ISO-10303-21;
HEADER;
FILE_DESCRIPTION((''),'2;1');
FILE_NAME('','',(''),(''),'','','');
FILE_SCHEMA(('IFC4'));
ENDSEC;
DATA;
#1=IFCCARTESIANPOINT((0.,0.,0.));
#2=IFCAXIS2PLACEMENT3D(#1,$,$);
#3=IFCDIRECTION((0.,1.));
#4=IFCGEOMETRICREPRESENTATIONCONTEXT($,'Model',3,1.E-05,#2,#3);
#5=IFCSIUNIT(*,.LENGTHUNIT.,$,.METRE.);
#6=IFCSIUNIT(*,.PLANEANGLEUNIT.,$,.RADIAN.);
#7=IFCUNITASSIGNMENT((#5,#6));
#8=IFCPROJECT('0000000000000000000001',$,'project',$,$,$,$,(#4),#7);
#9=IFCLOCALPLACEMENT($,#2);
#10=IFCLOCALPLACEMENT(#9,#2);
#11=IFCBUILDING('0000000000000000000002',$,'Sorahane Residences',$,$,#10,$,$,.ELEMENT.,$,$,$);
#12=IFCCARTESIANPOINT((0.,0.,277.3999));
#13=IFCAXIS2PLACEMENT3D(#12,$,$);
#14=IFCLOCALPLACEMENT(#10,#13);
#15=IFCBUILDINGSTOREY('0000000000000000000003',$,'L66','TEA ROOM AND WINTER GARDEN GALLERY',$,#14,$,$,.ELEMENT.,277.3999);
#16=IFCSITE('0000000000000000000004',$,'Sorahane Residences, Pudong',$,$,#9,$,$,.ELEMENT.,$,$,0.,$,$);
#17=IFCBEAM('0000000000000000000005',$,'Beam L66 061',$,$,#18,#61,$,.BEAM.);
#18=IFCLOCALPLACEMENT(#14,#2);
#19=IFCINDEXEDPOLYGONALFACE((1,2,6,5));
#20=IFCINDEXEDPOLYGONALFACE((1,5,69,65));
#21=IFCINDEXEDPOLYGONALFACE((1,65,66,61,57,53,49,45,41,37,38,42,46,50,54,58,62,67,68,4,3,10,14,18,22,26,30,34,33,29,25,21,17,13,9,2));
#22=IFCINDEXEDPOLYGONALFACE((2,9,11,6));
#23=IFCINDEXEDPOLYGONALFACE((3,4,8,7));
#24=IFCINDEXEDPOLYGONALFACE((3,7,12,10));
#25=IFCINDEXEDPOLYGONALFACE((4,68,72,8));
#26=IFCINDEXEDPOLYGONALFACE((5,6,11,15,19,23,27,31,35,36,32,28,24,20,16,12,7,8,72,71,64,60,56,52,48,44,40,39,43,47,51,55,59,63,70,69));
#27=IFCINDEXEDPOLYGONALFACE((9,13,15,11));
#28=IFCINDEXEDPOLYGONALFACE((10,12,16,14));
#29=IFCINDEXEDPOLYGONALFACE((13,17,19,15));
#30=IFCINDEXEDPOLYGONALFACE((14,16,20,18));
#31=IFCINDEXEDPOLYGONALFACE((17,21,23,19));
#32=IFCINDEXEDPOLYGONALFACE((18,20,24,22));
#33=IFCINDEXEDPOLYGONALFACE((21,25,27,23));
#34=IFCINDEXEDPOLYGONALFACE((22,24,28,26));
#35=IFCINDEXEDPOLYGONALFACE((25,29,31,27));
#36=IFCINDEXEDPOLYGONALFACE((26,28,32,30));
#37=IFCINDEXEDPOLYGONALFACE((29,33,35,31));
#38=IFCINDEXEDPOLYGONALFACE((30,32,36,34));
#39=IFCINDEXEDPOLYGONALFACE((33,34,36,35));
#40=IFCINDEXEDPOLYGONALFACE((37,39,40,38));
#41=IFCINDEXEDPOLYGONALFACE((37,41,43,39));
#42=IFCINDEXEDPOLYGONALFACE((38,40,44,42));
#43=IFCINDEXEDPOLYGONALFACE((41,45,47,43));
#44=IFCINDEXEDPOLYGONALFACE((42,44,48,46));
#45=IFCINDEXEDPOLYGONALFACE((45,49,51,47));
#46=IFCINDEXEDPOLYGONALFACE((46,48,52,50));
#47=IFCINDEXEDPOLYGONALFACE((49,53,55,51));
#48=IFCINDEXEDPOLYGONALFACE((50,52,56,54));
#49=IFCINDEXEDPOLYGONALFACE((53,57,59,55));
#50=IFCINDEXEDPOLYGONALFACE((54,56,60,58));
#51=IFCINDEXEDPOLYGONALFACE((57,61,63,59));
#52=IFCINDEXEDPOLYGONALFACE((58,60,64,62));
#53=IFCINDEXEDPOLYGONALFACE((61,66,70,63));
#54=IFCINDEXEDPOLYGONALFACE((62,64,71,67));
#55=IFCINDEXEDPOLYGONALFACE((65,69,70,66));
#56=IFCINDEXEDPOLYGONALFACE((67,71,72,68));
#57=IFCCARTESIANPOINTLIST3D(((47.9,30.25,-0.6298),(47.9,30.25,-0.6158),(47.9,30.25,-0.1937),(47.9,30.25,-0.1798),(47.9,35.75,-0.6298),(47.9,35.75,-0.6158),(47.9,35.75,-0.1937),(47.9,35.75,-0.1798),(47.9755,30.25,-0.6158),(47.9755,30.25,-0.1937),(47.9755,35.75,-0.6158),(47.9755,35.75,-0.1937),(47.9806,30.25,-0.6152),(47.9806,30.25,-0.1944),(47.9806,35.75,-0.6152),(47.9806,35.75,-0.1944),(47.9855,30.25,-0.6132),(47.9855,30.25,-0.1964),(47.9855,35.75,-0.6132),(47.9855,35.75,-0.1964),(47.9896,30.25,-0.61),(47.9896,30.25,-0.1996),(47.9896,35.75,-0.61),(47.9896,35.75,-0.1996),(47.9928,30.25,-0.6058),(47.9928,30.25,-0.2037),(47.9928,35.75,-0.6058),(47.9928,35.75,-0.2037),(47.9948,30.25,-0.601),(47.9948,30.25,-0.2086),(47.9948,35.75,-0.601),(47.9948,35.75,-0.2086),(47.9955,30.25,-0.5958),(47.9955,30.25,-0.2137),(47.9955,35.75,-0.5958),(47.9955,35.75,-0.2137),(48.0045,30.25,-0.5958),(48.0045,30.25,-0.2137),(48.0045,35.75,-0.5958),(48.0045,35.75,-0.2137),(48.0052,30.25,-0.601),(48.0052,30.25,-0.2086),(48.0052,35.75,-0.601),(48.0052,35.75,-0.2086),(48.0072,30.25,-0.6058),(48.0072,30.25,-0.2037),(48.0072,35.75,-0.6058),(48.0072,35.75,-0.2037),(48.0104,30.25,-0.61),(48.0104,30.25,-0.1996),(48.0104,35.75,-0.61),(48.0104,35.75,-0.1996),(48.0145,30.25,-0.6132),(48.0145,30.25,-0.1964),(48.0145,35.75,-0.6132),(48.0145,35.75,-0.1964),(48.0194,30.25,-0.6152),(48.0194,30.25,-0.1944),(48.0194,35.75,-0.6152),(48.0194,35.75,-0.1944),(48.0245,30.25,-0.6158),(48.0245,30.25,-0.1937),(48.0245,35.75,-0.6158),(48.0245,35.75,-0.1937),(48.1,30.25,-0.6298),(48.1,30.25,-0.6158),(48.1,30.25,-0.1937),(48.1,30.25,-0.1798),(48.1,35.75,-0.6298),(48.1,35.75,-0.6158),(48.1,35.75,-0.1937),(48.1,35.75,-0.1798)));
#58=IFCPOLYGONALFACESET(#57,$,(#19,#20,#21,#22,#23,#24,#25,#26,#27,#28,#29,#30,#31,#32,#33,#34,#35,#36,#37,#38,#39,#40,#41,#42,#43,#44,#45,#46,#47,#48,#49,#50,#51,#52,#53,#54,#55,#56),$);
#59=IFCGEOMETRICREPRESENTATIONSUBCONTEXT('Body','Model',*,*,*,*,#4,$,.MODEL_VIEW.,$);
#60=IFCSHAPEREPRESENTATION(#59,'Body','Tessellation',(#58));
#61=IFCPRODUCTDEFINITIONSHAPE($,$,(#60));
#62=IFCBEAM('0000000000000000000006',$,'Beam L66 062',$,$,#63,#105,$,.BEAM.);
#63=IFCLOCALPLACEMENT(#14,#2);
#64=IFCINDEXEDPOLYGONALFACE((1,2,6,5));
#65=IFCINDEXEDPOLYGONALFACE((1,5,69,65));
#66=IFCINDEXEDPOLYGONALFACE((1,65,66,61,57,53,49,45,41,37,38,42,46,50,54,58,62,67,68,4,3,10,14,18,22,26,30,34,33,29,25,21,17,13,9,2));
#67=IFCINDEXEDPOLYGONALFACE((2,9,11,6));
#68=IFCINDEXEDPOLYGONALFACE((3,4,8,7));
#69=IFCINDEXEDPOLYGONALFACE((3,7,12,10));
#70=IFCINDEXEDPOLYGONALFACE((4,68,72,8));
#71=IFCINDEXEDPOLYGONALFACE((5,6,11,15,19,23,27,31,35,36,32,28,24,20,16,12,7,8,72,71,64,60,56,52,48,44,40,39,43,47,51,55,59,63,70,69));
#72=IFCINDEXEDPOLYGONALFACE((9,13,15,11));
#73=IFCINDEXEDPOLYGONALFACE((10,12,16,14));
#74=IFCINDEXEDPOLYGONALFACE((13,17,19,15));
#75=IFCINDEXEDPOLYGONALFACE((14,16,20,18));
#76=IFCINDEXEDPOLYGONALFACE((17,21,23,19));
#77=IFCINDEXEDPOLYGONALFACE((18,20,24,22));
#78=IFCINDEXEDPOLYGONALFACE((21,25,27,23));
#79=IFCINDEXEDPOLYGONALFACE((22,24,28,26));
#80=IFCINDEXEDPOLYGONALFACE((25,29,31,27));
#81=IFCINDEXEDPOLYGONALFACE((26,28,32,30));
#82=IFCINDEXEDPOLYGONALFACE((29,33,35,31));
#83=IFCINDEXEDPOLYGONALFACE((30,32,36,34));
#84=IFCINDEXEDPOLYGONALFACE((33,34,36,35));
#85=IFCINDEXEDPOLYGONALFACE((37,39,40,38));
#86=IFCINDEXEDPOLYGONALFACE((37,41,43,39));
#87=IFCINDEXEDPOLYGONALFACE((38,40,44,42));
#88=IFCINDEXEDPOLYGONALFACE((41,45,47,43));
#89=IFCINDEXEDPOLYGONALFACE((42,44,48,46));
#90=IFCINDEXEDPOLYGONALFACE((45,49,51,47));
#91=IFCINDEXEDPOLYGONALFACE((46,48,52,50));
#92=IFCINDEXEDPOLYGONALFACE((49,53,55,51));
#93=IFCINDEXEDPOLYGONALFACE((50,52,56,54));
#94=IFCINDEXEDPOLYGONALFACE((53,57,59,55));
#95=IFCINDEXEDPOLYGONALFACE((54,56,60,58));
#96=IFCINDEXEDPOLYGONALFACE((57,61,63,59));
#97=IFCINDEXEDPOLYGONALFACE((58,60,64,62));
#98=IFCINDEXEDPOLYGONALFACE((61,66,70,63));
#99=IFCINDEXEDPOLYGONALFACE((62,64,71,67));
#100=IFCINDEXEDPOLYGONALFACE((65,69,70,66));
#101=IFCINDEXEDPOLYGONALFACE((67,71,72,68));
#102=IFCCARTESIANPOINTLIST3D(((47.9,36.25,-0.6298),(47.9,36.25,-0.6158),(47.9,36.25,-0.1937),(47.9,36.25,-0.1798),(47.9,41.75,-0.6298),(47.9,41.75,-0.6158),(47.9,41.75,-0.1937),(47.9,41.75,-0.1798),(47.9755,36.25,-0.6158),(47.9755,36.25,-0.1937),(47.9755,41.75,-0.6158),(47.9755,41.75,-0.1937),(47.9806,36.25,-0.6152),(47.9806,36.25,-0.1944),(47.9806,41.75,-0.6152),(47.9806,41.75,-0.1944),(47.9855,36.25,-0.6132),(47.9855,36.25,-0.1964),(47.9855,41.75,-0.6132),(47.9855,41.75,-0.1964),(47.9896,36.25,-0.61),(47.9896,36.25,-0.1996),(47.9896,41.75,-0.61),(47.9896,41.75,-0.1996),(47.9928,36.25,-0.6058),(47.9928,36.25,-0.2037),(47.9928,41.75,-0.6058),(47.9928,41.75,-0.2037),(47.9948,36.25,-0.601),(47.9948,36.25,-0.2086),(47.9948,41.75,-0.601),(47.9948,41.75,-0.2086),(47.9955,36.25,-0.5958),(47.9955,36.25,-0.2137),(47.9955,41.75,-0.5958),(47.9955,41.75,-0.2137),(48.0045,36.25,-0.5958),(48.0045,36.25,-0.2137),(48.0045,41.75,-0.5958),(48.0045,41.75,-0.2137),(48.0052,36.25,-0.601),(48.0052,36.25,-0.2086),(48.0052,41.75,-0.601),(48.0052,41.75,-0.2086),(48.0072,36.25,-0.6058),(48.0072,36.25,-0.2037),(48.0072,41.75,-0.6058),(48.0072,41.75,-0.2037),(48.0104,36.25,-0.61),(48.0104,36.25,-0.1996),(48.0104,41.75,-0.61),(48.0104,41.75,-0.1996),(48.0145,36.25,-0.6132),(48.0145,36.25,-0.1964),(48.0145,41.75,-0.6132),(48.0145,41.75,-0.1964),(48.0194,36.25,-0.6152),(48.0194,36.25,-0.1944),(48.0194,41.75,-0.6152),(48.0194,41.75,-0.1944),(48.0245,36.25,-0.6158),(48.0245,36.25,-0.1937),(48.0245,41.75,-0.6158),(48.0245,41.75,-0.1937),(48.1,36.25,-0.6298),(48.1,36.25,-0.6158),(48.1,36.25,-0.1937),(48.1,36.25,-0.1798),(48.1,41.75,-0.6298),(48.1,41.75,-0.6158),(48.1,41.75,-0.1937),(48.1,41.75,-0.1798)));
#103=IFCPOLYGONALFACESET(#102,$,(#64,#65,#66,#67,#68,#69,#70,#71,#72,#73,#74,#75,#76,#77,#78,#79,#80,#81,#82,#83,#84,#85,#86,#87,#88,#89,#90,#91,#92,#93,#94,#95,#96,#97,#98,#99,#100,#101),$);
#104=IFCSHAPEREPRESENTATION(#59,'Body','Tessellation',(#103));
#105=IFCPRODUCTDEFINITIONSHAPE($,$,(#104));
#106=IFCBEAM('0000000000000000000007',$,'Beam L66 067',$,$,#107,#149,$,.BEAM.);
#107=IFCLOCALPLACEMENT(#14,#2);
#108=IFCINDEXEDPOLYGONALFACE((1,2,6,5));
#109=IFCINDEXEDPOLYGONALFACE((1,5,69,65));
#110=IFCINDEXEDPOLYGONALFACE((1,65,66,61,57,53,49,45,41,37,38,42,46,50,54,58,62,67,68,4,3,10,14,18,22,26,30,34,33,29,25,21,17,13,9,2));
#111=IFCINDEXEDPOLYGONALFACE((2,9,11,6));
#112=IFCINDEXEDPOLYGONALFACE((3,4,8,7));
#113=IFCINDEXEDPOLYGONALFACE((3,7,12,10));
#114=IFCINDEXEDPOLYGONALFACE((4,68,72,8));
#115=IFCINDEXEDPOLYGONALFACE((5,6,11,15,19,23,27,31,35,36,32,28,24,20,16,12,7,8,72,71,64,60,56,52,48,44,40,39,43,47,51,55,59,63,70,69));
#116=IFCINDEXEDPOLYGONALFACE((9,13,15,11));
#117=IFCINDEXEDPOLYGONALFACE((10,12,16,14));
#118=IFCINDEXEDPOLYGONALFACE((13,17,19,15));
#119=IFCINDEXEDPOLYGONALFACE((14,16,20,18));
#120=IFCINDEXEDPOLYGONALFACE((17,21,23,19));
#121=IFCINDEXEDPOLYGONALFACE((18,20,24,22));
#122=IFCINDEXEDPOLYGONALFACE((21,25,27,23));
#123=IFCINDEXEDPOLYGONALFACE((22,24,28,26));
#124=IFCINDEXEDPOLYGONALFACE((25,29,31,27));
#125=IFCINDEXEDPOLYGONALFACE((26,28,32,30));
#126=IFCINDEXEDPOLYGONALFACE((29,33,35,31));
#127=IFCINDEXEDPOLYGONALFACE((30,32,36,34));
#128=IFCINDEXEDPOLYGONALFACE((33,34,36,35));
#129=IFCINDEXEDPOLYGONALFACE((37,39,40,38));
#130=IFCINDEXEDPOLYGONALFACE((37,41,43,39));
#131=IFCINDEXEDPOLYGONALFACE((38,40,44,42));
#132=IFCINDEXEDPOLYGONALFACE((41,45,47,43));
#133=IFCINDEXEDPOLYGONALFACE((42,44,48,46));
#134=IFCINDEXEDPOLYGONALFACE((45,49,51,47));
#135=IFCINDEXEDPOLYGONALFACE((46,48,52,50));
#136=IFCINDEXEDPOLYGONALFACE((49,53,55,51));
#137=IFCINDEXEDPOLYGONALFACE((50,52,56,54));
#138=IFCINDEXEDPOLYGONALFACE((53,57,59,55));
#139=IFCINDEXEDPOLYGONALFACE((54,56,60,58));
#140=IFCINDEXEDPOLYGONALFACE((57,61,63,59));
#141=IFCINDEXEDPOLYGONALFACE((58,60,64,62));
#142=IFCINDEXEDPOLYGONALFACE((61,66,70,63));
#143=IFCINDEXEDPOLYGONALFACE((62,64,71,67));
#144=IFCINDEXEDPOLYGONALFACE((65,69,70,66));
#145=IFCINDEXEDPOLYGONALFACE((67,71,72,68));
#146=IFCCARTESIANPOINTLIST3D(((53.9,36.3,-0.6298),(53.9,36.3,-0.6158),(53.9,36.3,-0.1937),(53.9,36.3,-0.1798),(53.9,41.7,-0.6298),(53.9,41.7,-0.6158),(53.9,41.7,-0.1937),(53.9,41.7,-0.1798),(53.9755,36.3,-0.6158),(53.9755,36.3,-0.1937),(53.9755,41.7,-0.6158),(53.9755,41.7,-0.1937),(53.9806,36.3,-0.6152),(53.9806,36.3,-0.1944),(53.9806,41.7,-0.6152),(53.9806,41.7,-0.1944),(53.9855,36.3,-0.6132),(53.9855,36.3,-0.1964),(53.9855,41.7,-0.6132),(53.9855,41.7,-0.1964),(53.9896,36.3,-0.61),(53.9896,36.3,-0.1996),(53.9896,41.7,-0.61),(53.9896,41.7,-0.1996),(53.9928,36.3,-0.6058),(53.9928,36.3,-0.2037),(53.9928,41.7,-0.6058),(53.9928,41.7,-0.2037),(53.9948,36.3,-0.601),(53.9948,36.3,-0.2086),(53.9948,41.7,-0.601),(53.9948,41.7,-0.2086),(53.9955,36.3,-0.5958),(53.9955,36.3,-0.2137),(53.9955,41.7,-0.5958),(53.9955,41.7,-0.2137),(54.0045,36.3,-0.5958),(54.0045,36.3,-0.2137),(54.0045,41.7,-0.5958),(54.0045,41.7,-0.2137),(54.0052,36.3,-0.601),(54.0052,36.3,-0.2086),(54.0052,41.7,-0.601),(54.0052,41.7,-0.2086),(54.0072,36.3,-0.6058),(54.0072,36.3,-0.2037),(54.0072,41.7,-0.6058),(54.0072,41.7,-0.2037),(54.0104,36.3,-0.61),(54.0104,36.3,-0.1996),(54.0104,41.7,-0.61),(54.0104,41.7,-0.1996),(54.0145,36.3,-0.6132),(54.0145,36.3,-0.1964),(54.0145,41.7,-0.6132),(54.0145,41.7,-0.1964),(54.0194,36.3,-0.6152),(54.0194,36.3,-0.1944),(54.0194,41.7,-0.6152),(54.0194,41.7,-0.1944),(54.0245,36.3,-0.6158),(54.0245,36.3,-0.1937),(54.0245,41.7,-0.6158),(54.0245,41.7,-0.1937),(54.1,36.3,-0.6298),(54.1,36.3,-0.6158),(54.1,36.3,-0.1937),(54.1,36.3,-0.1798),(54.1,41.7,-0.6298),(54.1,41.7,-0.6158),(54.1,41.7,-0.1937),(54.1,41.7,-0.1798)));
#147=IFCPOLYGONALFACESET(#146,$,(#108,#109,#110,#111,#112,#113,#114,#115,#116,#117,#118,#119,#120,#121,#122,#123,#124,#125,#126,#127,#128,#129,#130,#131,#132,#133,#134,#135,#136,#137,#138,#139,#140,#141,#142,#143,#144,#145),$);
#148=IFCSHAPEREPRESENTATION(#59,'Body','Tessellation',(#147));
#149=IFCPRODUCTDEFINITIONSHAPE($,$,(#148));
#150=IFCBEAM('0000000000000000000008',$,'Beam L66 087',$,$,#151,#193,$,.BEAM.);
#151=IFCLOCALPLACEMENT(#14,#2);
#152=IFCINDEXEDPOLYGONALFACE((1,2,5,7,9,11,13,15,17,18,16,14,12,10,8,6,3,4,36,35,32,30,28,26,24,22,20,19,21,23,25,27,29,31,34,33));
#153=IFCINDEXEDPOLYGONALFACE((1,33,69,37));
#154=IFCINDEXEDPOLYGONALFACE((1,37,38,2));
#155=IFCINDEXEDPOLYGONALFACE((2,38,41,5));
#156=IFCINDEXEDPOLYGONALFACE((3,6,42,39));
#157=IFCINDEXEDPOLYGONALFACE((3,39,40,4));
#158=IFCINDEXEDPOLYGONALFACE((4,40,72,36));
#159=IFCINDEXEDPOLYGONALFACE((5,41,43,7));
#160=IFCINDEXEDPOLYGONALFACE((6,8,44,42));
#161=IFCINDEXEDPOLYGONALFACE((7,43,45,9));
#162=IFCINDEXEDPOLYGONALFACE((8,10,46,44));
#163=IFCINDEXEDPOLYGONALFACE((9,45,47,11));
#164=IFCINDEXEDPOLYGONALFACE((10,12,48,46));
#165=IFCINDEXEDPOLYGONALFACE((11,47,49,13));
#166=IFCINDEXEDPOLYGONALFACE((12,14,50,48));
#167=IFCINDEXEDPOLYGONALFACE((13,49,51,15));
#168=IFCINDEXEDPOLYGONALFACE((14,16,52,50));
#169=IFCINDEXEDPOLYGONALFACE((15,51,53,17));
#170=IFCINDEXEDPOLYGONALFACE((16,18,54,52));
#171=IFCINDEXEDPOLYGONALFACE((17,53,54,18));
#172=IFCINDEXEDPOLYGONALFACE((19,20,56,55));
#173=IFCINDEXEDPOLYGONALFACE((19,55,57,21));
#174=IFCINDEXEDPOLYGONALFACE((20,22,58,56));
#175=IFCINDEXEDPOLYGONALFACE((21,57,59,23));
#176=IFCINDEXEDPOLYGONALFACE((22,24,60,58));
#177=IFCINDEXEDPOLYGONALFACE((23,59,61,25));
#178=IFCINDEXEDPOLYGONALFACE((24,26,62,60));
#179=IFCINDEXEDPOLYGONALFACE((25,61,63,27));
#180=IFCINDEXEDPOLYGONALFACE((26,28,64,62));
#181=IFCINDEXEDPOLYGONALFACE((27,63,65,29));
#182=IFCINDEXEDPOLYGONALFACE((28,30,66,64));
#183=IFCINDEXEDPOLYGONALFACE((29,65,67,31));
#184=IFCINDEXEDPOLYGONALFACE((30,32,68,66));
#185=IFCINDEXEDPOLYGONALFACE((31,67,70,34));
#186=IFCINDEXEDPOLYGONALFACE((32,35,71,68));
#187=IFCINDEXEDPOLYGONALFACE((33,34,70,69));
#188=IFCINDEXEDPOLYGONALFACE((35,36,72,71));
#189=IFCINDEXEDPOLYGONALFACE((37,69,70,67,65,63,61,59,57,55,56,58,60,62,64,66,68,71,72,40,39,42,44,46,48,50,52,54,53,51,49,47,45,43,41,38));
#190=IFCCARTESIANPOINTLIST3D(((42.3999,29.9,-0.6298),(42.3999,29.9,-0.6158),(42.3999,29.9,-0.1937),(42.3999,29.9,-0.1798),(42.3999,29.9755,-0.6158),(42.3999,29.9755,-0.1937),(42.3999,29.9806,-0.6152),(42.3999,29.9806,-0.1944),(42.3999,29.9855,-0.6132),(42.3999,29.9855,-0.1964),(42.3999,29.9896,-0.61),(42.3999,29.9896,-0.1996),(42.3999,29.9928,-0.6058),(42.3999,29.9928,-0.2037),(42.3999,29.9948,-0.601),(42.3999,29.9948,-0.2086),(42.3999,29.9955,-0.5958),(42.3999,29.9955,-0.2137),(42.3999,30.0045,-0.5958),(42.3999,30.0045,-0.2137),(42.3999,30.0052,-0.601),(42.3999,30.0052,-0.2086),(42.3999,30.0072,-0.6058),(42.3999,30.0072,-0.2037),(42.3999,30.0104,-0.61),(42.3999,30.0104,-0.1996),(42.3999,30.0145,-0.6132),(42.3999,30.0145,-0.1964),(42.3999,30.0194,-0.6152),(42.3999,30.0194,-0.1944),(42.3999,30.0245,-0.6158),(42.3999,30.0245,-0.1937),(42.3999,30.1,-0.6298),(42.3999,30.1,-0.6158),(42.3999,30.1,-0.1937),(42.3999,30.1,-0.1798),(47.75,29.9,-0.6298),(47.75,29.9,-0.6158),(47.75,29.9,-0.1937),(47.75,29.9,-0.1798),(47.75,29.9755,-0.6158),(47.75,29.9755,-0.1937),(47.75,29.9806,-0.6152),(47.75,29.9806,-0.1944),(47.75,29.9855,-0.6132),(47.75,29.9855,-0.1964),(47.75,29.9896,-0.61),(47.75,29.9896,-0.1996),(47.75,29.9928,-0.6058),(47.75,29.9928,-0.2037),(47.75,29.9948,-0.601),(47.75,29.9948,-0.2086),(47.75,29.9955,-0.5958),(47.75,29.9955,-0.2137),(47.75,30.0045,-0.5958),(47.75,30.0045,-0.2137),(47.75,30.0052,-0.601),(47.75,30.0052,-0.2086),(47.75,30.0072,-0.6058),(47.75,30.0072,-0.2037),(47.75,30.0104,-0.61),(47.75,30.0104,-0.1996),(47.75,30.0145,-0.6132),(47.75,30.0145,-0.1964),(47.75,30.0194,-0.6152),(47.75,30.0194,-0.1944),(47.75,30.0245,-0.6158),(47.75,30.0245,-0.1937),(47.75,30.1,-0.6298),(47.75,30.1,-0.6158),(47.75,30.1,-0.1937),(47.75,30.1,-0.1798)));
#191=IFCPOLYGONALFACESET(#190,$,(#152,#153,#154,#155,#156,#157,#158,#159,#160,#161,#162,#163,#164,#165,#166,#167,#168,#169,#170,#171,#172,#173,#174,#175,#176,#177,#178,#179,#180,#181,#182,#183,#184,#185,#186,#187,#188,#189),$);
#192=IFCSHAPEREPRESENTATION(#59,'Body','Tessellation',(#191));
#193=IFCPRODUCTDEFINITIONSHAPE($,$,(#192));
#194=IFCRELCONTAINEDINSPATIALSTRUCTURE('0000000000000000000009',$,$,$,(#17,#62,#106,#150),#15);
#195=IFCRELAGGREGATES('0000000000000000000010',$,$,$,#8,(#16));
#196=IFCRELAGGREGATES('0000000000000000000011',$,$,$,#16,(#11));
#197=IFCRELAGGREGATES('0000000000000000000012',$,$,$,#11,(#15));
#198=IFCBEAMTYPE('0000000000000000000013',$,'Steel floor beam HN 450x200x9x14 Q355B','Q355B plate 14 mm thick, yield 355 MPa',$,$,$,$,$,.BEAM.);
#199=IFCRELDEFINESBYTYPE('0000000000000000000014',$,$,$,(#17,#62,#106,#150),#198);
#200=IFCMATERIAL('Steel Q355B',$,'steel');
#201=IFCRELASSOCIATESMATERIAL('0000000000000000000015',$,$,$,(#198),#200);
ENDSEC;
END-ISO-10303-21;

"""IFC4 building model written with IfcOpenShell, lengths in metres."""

from ifc_helpers import new_model, si_unit, direction, frame, origin, origin_2d, place, context, subcontext, project, spatial, i_section, extrude, material, material_profile, profile_set, type_object, element, save


model = new_model("IFC4")

# Units and contexts
model_context = context("Model", 3, precision=1e-05, world=origin(), true_north=direction((0.0, 1.0)))
body_context = subcontext(model_context, "Body", "Model", "MODEL_VIEW")
ifc_project = project(units=[si_unit("LENGTHUNIT", "METRE"), si_unit("PLANEANGLEUNIT", "RADIAN")], contexts=[model_context])

# Site, building, storey
site_placement = place(None, origin())
site = spatial("IfcSite", under=ifc_project, at=site_placement, Name="Sorahane Residences, Pudong", CompositionType="ELEMENT", RefElevation=0.0)
building_placement = place(site_placement, origin())
building = spatial("IfcBuilding", under=site, at=building_placement, Name="Sorahane Residences", CompositionType="ELEMENT")
storey_placement = place(building_placement, frame((0.0, 0.0, 277.3999)))
storey = spatial("IfcBuildingStorey", under=building, at=storey_placement, Name="L66", Description="TEA ROOM AND WINTER GARDEN GALLERY", CompositionType="ELEMENT", Elevation=277.3999)

# Beams
ifc_material_1 = material(Name="Steel Q355B", Category="steel")
ifc_material_profile_1 = material_profile(ifc_material_1, i_section(OverallWidth=0.2, OverallDepth=0.45, WebThickness=0.009, FlangeThickness=0.0139, FilletRadius=0.02, at=origin_2d()), Name="HN 450x200x9x14")
ifc_profile_set_1 = profile_set([ifc_material_profile_1], Name="Steel Q355B")
beam_type_1 = type_object("IfcBeamType", Name="Steel floor beam HN 450x200x9x14 Q355B", Description="Q355B plate 14 mm thick, yield 355 MPa", PredefinedType="BEAM", material=ifc_profile_set_1)
for number, where, z_axis, x_axis, name in (
    (1, (48.0, 30.25, -0.4048), (0.0, 1.0, 0.0), (-1.0, 0.0, 0.0), "Beam L66 061"),
    (2, (48.0, 36.25, -0.4048), (0.0, 1.0, 0.0), (-1.0, 0.0, 0.0), "Beam L66 062"),
):
    element("IfcBeam", number, at=place(storey_placement, frame(where, z_axis=z_axis, x_axis=x_axis)), inside=storey, type_object=beam_type_1, Name=name, PredefinedType="BEAM", context=body_context, shape_type="SweptSolid", body=[
        extrude(i_section(OverallWidth=0.2, OverallDepth=0.45, WebThickness=0.009, FlangeThickness=0.0139, FilletRadius=0.02, at=origin_2d()), origin(), (0.0, 0.0, 1.0), 5.5),
    ])
beam_1_placement = place(storey_placement, frame((54.0, 36.3, -0.4048), z_axis=(0.0, 1.0, 0.0), x_axis=(-1.0, 0.0, 0.0)))
element("IfcBeam", 3, at=beam_1_placement, inside=storey, type_object=beam_type_1, Name="Beam L66 067", PredefinedType="BEAM", context=body_context, shape_type="SweptSolid", body=[
    extrude(i_section(OverallWidth=0.2, OverallDepth=0.45, WebThickness=0.009, FlangeThickness=0.0139, FilletRadius=0.02, at=origin_2d()), origin(), (0.0, 0.0, 1.0), 5.3999),
])
beam_2_placement = place(storey_placement, frame((42.3999, 30.0, -0.4048), z_axis=(1.0, 0.0, 0.0), x_axis=(0.0, 1.0, 0.0)))
element("IfcBeam", 4, at=beam_2_placement, inside=storey, type_object=beam_type_1, Name="Beam L66 087", PredefinedType="BEAM", context=body_context, shape_type="SweptSolid", body=[
    extrude(i_section(OverallWidth=0.2, OverallDepth=0.45, WebThickness=0.009, FlangeThickness=0.0139, FilletRadius=0.02, at=origin_2d()), origin(), (0.0, 0.0, 1.0), 5.3501),
])

save(model, "model.ifc")
